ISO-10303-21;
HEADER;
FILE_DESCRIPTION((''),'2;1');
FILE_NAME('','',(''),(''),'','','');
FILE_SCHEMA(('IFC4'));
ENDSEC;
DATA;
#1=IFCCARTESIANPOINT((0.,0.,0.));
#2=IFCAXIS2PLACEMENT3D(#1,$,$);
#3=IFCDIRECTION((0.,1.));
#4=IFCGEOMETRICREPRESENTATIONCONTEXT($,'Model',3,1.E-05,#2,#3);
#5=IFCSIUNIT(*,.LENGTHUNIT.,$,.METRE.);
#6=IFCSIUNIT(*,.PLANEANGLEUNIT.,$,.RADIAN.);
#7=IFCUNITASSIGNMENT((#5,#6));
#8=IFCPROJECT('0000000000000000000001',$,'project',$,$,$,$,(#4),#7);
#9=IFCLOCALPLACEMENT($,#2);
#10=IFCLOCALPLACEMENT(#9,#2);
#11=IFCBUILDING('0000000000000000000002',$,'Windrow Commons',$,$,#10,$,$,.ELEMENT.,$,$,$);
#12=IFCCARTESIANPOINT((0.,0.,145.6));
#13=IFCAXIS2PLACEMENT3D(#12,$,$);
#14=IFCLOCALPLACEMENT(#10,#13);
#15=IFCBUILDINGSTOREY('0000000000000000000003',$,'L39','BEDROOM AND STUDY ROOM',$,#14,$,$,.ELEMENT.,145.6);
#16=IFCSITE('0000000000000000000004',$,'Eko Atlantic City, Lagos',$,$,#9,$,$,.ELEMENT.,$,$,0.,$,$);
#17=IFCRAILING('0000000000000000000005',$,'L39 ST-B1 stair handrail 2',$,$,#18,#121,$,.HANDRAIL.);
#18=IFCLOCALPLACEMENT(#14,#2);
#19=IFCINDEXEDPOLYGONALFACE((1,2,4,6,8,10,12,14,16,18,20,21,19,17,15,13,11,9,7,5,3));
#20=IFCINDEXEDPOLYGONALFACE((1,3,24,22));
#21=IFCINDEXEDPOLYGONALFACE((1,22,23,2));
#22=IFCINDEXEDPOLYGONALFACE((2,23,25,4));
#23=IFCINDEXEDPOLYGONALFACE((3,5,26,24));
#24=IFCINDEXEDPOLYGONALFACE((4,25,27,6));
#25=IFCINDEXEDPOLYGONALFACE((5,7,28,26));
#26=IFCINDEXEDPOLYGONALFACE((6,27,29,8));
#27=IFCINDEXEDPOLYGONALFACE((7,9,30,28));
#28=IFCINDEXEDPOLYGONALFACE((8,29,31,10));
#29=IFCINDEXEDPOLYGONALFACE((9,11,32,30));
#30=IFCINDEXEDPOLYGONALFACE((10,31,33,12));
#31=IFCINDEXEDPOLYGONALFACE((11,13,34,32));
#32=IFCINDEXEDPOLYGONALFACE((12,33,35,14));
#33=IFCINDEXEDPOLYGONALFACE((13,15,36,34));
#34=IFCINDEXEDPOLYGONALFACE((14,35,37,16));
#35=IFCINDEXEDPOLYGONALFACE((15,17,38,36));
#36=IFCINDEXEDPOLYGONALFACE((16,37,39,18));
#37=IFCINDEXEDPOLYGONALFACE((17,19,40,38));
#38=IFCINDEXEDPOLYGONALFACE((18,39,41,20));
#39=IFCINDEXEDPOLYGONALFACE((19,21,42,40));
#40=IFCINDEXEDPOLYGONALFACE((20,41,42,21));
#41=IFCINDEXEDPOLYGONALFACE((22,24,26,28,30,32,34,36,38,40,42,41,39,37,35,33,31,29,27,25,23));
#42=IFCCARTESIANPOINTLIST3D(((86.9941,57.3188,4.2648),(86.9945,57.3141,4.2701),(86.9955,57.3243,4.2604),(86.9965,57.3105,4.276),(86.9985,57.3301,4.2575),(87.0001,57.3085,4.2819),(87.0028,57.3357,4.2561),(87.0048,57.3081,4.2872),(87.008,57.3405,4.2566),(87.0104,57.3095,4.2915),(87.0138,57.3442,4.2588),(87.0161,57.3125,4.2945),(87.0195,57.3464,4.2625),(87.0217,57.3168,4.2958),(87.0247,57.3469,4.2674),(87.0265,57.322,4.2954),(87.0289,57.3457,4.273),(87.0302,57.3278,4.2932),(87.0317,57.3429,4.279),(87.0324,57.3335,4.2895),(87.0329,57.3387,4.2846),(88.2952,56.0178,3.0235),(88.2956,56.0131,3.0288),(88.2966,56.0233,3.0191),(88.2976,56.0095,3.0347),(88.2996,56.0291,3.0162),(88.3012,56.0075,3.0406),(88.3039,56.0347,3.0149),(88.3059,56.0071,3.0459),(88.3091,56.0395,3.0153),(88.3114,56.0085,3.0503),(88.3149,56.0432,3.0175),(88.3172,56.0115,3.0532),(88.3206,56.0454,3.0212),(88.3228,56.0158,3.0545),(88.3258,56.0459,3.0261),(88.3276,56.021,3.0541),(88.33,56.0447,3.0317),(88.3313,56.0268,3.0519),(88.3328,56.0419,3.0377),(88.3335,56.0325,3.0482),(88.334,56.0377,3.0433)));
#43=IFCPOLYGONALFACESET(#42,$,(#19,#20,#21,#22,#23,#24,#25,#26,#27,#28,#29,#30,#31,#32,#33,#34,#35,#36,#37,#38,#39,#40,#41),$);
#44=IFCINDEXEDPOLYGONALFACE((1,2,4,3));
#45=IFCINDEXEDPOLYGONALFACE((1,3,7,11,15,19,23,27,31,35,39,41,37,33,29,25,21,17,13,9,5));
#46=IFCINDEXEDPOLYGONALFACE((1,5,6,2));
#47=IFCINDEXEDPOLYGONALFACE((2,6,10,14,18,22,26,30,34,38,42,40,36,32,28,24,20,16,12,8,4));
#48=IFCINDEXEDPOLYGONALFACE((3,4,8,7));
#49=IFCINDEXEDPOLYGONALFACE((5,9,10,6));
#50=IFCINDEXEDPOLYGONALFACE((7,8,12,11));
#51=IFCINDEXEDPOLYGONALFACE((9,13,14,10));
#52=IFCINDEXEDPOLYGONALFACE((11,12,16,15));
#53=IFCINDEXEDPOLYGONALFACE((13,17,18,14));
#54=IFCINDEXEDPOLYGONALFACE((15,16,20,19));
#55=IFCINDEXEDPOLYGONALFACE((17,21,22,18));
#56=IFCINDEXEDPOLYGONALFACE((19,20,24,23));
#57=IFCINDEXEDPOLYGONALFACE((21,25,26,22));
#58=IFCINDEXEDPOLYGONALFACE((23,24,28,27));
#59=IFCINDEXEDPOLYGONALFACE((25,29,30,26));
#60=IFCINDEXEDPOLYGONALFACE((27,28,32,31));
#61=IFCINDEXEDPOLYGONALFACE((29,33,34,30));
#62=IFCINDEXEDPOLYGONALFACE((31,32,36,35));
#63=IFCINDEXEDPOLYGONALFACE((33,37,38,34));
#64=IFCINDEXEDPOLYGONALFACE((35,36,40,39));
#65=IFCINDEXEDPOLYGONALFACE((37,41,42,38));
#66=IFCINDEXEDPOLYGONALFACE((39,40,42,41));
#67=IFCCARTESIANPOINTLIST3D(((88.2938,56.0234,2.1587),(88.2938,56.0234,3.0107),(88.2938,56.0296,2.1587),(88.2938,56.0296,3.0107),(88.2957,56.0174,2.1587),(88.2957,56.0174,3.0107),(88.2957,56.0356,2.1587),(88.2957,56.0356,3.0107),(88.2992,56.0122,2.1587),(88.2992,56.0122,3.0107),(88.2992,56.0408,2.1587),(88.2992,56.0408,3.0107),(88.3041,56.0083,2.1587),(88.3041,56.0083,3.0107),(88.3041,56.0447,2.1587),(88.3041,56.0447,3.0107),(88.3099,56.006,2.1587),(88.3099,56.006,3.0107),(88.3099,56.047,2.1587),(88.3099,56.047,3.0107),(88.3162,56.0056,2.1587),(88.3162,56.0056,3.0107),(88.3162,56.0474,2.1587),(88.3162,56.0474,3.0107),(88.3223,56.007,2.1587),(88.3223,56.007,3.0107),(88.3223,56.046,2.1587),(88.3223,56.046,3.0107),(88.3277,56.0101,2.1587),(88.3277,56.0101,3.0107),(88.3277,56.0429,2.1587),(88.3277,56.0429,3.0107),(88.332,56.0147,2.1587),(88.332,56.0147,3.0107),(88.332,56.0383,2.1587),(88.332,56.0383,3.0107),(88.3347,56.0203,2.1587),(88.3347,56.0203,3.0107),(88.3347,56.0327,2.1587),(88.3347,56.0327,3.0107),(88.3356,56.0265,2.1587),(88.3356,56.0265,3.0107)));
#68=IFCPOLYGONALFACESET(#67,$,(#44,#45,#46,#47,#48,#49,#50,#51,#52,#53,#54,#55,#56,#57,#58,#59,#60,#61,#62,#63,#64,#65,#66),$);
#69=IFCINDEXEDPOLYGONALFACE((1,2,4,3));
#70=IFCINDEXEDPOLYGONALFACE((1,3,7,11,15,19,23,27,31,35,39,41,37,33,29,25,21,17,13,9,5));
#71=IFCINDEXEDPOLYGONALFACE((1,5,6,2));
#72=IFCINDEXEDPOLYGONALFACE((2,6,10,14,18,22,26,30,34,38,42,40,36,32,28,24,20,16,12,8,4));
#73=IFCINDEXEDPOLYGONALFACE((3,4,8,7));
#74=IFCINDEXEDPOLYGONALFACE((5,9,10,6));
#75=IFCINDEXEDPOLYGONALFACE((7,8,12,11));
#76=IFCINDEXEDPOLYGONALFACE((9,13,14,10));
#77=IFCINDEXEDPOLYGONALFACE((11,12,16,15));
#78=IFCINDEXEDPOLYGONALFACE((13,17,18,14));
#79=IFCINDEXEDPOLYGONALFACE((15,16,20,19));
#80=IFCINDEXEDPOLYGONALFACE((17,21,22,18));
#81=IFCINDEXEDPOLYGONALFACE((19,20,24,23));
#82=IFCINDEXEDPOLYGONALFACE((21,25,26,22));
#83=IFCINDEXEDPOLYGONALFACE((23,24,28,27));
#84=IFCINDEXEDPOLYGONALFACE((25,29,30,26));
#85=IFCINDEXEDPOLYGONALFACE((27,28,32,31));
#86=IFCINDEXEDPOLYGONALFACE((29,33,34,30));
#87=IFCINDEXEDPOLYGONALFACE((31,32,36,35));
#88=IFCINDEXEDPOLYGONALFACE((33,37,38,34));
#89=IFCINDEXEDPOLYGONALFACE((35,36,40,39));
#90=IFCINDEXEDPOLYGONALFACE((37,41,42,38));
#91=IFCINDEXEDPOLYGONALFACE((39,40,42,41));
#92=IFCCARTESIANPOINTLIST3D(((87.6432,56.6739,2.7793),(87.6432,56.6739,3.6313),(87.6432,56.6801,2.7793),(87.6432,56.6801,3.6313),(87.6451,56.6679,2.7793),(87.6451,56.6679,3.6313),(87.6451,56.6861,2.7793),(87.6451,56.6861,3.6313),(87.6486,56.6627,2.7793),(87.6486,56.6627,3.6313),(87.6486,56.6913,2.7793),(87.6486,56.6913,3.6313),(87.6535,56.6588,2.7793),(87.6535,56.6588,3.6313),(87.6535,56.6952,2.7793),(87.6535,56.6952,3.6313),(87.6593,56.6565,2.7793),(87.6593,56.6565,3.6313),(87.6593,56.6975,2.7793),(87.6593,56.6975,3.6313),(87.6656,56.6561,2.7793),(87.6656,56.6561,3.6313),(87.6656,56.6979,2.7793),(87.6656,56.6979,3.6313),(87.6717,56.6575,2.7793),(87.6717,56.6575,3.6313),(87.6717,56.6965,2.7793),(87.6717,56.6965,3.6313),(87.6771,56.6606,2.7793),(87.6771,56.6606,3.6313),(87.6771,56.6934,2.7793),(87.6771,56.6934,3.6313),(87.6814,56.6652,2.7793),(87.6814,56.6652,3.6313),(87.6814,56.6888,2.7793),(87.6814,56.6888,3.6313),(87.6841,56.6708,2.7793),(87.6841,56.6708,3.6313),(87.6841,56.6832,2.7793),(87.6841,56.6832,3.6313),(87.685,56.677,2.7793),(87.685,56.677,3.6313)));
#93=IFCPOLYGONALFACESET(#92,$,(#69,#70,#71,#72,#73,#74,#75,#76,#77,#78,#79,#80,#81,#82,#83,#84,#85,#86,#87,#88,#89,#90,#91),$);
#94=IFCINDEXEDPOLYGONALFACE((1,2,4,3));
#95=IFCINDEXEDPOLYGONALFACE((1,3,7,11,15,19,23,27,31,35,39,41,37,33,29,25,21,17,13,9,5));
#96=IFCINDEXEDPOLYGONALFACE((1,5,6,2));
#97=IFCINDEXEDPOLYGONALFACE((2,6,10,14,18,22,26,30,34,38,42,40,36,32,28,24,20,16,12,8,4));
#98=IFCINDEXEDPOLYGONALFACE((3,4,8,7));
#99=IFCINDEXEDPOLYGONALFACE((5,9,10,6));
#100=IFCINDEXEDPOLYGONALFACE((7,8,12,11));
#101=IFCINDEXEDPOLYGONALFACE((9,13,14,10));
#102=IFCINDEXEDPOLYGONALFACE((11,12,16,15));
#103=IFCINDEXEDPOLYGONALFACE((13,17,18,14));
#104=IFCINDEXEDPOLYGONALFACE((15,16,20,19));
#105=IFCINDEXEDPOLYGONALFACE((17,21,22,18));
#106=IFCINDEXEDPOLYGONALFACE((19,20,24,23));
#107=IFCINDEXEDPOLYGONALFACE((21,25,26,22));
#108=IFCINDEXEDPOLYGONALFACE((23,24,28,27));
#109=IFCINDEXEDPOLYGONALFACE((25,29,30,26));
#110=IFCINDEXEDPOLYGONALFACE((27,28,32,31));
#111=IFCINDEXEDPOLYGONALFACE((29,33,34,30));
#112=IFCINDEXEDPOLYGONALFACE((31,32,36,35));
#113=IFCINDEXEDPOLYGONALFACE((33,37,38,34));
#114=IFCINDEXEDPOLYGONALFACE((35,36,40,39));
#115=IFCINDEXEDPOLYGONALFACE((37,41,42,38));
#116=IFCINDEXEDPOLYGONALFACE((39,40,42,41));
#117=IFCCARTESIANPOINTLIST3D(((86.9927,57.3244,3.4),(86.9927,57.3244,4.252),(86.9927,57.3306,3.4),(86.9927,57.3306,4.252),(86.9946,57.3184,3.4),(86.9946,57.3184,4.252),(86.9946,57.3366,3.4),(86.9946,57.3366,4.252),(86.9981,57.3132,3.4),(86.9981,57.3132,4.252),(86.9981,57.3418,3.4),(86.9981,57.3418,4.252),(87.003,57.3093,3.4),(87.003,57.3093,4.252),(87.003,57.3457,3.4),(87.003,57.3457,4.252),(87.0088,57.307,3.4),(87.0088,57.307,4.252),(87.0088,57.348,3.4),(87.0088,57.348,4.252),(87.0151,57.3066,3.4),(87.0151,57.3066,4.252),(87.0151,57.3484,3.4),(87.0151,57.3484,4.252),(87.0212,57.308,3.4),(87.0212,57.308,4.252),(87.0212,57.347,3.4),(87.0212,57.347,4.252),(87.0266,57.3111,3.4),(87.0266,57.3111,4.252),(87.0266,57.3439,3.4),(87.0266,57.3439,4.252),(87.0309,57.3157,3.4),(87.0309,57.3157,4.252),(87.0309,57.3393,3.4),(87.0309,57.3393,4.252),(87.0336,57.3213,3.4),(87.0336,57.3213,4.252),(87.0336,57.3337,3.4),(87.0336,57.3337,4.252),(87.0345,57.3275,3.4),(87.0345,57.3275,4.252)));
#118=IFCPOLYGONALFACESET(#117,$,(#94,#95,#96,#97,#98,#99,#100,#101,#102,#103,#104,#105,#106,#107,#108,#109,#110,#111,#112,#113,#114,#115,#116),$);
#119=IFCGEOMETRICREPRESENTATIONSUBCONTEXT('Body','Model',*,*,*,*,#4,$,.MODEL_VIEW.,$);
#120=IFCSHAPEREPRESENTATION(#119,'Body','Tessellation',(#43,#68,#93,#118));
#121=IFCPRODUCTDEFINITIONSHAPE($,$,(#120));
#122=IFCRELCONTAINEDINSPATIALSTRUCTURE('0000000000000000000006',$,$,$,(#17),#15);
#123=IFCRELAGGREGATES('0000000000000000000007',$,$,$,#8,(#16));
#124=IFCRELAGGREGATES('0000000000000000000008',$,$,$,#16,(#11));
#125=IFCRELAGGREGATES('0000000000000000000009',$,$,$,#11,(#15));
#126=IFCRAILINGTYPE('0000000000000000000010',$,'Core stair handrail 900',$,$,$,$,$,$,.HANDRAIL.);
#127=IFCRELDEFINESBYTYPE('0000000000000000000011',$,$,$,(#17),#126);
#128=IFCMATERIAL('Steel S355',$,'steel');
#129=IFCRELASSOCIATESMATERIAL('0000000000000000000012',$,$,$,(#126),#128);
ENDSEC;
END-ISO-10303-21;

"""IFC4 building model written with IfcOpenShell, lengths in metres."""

from ifc_helpers import new_model, si_unit, direction, frame, origin, origin_2d, place, context, subcontext, project, spatial, circle, extrude, material, type_object, element, save


model = new_model("IFC4")

# Units and contexts
model_context = context("Model", 3, precision=1e-05, world=origin(), true_north=direction((0.0, 1.0)))
body_context = subcontext(model_context, "Body", "Model", "MODEL_VIEW")
ifc_project = project(units=[si_unit("LENGTHUNIT", "METRE"), si_unit("PLANEANGLEUNIT", "RADIAN")], contexts=[model_context])

# Site, building, storey
site_placement = place(None, origin())
site = spatial("IfcSite", under=ifc_project, at=site_placement, Name="Eko Atlantic City, Lagos", CompositionType="ELEMENT", RefElevation=0.0)
building_placement = place(site_placement, origin())
building = spatial("IfcBuilding", under=site, at=building_placement, Name="Windrow Commons", CompositionType="ELEMENT")
storey_placement = place(building_placement, frame((0.0, 0.0, 145.6)))
storey = spatial("IfcBuildingStorey", under=building, at=storey_placement, Name="L39", Description="BEDROOM AND STUDY ROOM", CompositionType="ELEMENT", Elevation=145.6)

# Railing
ifc_material_1 = material(Name="Steel S355", Category="steel")
railing_type_1 = type_object("IfcRailingType", Name="Core stair handrail 900", PredefinedType="HANDRAIL", material=ifc_material_1)
railing_1_placement = place(storey_placement, frame((88.3146, 56.0265, 2.1587)))
element("IfcRailing", 1, at=railing_1_placement, inside=storey, type_object=railing_type_1, Name="L39 ST-B1 stair handrail 2", PredefinedType="HANDRAIL", context=body_context, shape_type="SweptSolid", body=[
    extrude(circle(Radius=0.024, at=origin_2d()), frame((0.0, 0.0, 0.876), z_axis=(-0.586207, 0.586162, 0.559264), x_axis=(-0.70708, -0.707134, 0.0)), (0.0, 0.0, 1.0), 2.2195),
    extrude(circle(Radius=0.021, at=origin_2d()), origin(), (0.0, 0.0, 1.0), 0.852),
    extrude(circle(Radius=0.021, at=origin_2d()), frame((-0.6506, 0.6505, 0.6206)), (0.0, 0.0, 1.0), 0.852),
    extrude(circle(Radius=0.021, at=origin_2d()), frame((-1.3011, 1.301, 1.2413)), (0.0, 0.0, 1.0), 0.852),
])

save(model, "model.ifc")
